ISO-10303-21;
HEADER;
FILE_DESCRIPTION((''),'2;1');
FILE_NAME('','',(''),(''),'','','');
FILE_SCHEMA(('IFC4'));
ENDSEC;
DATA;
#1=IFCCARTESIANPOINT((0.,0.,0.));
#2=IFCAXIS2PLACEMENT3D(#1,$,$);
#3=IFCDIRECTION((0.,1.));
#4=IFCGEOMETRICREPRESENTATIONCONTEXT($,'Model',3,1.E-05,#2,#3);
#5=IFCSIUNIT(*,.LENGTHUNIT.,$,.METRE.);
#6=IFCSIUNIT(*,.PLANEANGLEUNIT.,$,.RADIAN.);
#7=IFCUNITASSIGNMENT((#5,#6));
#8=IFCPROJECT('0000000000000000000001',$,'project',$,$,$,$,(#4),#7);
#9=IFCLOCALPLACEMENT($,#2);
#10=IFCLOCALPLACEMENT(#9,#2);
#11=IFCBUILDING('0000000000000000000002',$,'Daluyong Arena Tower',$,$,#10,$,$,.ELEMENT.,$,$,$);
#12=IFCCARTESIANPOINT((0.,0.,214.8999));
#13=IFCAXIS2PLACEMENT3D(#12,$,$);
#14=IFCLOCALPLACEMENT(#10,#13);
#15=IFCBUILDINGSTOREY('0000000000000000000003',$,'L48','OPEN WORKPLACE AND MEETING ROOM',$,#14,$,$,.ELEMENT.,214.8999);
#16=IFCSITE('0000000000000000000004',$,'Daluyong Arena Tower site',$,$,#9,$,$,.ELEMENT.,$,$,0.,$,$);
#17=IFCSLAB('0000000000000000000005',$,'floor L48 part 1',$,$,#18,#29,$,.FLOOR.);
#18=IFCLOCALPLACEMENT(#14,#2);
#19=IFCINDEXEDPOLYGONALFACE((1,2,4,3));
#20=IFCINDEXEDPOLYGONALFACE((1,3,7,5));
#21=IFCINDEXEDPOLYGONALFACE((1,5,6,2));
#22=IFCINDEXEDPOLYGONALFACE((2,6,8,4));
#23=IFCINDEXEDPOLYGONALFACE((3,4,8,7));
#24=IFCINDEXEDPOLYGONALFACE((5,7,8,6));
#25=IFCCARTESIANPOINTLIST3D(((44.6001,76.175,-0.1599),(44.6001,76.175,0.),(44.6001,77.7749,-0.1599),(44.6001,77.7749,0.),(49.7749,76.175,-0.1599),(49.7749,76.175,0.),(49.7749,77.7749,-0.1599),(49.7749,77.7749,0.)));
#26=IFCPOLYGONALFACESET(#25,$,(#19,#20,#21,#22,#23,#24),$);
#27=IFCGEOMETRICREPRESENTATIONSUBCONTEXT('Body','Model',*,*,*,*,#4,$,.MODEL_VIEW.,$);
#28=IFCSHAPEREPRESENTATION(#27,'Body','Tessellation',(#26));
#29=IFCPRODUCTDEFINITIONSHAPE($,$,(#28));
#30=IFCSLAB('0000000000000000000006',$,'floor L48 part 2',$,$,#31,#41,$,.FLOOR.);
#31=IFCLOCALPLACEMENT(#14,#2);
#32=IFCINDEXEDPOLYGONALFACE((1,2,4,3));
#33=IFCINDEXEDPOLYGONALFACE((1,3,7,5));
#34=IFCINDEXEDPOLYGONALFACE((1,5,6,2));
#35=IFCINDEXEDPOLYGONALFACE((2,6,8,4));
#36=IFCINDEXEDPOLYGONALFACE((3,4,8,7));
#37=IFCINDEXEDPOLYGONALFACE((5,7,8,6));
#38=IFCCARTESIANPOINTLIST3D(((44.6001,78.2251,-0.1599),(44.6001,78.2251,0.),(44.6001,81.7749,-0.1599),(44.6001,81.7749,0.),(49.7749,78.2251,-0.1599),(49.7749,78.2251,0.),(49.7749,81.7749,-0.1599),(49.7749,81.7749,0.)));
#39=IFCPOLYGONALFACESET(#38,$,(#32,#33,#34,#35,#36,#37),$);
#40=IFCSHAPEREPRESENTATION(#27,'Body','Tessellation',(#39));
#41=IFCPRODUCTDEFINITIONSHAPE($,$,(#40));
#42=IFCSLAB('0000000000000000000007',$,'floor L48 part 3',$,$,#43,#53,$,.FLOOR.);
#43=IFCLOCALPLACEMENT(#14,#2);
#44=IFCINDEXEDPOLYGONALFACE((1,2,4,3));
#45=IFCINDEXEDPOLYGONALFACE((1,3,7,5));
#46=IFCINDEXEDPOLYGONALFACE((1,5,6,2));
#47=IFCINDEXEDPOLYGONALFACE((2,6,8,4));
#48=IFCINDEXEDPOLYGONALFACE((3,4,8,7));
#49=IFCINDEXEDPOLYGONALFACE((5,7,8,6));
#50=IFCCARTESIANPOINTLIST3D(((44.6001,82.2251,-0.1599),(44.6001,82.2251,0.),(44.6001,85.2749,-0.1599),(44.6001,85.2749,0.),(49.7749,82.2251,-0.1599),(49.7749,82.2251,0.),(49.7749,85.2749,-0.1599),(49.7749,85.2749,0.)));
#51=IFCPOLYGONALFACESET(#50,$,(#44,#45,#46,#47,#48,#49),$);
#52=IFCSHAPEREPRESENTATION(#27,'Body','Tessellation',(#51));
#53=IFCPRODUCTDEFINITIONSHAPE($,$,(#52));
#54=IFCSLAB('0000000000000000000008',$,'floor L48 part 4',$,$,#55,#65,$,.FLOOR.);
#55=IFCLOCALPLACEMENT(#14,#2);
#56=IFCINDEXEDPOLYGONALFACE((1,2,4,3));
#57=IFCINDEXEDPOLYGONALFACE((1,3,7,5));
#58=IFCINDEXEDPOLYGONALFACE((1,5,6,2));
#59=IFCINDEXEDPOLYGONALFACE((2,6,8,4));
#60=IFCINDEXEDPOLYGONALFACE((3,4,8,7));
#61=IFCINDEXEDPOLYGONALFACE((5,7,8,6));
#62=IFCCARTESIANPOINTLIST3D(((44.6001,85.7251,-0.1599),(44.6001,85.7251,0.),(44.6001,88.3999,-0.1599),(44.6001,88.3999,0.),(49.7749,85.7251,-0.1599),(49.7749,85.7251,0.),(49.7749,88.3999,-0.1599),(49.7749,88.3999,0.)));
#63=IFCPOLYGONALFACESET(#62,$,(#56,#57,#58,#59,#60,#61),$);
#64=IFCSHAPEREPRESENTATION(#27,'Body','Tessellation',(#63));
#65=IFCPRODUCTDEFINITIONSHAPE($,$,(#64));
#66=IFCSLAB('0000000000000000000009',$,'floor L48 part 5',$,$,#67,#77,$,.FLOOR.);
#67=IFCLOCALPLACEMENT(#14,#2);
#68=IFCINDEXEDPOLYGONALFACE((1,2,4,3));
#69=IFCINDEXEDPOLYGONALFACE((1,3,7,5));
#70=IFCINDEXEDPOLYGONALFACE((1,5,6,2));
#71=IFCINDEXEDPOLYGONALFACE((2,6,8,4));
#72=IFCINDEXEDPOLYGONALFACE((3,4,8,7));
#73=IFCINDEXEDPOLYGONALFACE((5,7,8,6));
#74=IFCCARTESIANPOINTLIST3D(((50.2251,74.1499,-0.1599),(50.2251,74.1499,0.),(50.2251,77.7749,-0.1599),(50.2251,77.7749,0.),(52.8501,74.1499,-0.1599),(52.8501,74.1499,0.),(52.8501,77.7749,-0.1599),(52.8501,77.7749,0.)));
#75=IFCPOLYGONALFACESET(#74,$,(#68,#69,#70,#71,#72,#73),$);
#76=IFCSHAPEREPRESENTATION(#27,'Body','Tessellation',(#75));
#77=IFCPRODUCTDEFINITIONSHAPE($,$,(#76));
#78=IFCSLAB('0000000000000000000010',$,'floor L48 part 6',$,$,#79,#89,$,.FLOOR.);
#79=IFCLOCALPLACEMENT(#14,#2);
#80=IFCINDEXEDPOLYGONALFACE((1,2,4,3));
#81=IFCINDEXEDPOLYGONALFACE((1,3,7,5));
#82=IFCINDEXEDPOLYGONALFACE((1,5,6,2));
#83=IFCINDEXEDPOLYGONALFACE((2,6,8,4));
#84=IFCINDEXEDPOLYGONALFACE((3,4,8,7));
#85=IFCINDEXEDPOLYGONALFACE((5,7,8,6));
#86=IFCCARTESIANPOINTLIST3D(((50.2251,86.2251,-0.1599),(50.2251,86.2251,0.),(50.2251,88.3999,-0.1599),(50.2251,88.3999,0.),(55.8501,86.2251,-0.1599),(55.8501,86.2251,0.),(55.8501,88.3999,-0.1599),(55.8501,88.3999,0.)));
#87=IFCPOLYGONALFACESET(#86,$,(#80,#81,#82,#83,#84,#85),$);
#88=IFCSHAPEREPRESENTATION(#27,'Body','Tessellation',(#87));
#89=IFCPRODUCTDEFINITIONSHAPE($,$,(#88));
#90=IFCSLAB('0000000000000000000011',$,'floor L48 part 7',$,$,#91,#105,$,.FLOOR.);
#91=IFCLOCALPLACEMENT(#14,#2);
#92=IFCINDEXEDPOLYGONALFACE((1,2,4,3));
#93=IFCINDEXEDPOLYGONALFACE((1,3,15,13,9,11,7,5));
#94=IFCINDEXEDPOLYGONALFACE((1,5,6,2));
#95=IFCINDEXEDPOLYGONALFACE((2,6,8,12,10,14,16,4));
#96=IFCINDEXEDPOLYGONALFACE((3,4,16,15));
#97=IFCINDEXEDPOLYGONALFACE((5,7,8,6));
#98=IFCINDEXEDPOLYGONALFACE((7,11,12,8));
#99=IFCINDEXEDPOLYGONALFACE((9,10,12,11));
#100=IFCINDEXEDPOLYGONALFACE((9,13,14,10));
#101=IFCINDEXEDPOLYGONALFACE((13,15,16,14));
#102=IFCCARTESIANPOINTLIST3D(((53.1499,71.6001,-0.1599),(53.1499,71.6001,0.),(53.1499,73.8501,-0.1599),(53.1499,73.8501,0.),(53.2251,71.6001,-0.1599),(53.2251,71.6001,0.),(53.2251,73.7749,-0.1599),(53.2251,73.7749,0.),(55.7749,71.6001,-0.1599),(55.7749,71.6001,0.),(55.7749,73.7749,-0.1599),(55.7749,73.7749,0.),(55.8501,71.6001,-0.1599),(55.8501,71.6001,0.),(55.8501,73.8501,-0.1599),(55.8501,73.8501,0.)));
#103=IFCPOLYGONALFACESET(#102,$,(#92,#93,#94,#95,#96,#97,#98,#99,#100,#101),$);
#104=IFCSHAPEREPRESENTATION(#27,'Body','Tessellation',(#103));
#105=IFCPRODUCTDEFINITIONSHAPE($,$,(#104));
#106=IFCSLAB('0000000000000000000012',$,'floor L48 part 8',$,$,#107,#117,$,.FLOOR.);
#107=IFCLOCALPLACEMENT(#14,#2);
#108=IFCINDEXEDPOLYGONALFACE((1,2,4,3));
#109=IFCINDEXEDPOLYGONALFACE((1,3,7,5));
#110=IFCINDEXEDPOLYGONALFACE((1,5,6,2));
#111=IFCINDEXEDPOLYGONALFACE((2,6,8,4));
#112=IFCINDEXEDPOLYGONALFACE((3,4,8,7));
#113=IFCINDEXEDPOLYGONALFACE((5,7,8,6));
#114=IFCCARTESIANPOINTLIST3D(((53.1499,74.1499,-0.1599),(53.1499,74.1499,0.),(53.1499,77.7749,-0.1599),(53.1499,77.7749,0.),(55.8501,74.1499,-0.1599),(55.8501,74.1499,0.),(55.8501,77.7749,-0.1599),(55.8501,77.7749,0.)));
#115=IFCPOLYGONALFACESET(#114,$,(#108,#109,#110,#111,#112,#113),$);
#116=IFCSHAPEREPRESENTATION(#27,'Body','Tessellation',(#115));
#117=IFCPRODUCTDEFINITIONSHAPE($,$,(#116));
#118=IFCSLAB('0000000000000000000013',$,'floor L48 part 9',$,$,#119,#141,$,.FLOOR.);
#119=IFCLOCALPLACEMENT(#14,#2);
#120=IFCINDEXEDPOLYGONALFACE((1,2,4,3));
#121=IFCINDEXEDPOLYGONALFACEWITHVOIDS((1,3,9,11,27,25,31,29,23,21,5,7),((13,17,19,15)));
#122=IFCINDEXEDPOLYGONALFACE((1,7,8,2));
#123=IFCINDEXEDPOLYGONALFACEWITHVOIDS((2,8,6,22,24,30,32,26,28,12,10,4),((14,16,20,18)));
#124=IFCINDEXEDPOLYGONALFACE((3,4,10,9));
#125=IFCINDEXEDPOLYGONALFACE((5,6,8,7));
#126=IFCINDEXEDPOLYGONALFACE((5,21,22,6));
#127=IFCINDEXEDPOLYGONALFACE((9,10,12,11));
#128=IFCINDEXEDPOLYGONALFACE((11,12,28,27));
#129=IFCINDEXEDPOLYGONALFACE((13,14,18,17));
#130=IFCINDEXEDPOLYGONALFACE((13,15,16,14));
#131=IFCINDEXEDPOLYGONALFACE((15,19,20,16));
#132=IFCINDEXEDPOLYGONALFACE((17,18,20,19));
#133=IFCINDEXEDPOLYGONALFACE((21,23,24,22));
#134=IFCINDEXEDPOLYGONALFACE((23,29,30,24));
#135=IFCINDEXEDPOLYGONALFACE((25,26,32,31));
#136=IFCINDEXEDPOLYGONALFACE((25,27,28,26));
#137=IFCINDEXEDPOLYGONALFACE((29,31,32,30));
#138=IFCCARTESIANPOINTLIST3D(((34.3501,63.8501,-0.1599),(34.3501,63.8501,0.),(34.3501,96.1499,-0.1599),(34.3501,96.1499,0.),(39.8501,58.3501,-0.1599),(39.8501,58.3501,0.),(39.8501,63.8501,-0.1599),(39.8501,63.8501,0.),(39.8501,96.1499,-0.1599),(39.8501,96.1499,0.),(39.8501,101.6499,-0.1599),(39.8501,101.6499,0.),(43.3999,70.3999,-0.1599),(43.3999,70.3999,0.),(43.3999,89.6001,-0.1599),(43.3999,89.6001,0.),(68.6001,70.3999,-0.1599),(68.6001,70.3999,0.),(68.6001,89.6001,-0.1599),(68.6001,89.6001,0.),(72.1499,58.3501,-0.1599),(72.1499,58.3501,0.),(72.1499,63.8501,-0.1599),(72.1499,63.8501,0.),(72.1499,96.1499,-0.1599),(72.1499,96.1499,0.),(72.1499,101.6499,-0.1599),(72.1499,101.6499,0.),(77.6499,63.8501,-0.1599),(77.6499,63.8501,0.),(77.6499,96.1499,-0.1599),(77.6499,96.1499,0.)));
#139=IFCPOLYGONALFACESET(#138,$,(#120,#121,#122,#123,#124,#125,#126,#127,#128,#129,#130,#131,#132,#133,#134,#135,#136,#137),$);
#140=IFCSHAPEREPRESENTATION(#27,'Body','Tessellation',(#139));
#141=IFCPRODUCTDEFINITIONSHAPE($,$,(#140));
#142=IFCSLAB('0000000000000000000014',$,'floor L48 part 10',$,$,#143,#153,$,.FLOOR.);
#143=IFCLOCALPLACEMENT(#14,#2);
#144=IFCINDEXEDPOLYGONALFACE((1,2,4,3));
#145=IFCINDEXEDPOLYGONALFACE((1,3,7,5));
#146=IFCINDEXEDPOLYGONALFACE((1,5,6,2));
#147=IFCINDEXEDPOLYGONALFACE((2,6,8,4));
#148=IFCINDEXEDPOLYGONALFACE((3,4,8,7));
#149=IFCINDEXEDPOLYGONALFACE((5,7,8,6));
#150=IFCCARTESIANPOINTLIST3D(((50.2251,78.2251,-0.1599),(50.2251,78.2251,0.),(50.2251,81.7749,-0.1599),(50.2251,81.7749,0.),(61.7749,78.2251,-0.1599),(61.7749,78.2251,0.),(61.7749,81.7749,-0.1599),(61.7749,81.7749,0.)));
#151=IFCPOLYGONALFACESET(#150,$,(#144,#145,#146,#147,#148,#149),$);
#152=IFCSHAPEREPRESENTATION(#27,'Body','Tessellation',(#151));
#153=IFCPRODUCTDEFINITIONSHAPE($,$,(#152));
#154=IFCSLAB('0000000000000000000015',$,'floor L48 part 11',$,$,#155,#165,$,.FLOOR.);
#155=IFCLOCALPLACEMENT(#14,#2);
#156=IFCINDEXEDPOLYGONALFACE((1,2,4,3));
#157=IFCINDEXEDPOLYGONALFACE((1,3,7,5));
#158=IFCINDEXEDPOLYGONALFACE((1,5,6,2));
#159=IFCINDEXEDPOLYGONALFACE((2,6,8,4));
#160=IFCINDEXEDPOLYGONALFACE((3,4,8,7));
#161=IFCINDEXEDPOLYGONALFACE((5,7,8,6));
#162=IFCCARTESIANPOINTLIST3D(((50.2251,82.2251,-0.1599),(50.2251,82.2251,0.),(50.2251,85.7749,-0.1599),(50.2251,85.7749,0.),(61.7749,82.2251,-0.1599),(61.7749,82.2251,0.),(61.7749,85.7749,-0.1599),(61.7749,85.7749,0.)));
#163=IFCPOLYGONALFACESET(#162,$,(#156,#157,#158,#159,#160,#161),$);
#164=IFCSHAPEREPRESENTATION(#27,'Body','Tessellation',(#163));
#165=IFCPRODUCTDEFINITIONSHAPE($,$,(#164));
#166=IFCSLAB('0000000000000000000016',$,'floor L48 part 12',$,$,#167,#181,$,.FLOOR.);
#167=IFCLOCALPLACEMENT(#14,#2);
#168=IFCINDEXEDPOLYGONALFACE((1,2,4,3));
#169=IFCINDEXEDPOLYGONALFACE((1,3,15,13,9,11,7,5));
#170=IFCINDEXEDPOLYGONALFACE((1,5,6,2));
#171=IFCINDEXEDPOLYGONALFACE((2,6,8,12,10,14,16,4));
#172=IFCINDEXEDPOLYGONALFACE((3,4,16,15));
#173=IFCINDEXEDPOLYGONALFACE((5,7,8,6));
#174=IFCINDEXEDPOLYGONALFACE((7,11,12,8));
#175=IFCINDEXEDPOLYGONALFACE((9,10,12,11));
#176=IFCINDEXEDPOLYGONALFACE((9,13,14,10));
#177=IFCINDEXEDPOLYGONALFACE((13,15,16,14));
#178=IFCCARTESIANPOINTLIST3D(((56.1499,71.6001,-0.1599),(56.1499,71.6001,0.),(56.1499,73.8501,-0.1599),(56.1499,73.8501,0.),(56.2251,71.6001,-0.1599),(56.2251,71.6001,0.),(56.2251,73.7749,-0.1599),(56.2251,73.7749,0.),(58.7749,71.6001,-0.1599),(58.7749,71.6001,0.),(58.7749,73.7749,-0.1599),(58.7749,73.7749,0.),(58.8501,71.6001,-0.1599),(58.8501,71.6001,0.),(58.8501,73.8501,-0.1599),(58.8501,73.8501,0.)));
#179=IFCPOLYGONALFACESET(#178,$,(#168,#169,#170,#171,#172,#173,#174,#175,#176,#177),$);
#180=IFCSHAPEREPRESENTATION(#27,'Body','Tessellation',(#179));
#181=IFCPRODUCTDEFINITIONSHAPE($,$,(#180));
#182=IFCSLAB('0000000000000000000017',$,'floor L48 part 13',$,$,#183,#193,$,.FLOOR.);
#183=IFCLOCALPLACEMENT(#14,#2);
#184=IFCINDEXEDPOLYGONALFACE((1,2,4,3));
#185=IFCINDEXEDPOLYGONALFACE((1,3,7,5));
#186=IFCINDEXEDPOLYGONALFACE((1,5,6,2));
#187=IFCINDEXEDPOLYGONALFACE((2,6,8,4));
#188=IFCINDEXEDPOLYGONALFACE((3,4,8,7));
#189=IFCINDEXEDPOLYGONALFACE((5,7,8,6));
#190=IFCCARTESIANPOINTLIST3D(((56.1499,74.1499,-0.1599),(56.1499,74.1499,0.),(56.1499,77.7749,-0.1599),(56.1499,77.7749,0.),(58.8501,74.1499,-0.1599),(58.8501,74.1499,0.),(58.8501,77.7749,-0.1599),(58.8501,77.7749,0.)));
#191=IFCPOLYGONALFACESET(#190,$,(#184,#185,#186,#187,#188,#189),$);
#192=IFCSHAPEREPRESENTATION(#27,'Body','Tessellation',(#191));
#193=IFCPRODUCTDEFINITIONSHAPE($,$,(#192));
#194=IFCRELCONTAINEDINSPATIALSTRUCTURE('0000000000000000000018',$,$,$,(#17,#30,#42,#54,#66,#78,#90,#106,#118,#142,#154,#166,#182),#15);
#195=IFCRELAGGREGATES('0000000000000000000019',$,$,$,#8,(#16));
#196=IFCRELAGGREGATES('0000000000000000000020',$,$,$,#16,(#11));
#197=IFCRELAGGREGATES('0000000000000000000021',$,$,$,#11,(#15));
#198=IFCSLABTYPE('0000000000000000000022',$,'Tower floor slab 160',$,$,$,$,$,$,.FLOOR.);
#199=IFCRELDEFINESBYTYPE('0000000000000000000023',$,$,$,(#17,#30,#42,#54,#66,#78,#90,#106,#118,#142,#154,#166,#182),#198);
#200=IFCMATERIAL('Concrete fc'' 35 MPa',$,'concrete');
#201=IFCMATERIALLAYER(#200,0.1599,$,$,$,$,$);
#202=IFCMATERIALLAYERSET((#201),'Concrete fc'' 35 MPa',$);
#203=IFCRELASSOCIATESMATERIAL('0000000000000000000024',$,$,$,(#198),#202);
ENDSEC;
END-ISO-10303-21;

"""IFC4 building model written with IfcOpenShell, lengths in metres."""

from ifc_helpers import new_model, si_unit, direction, frame, origin, place, context, subcontext, project, spatial, polyline, outline, extrude, material, layer, layer_set, type_object, element, save


model = new_model("IFC4")

# Units and contexts
model_context = context("Model", 3, precision=1e-05, world=origin(), true_north=direction((0.0, 1.0)))
body_context = subcontext(model_context, "Body", "Model", "MODEL_VIEW")
ifc_project = project(units=[si_unit("LENGTHUNIT", "METRE"), si_unit("PLANEANGLEUNIT", "RADIAN")], contexts=[model_context])

# Site, building, storey
site_placement = place(None, origin())
site = spatial("IfcSite", under=ifc_project, at=site_placement, Name="Daluyong Arena Tower site", CompositionType="ELEMENT", RefElevation=0.0)
building_placement = place(site_placement, origin())
building = spatial("IfcBuilding", under=site, at=building_placement, Name="Daluyong Arena Tower", CompositionType="ELEMENT")
storey_placement = place(building_placement, frame((0.0, 0.0, 214.8999)))
storey = spatial("IfcBuildingStorey", under=building, at=storey_placement, Name="L48", Description="OPEN WORKPLACE AND MEETING ROOM", CompositionType="ELEMENT", Elevation=214.8999)

# Slabs
ifc_material_1 = material(Name="Concrete fc' 35 MPa", Category="concrete")
ifc_layer_1 = layer(ifc_material_1, 0.1599)
ifc_layer_set_1 = layer_set([ifc_layer_1], Name="Concrete fc' 35 MPa")
slab_type = type_object("IfcSlabType", Name="Tower floor slab 160", PredefinedType="FLOOR", material=ifc_layer_set_1)
slab_1_placement = place(storey_placement, frame((0.0, 0.0, -0.1599)))
element("IfcSlab", 1, at=slab_1_placement, inside=storey, type_object=slab_type, Name="floor L48 part 1", PredefinedType="FLOOR", context=body_context, shape_type="SweptSolid", body=[
    extrude(outline(polyline([(49.7749, 77.7749), (44.6001, 77.7749), (44.6001, 76.175), (49.7749, 76.175), (49.7749, 77.7749)])), origin(), (0.0, 0.0, 1.0), 0.1599),
])
slab_2_placement = place(storey_placement, frame((0.0, 0.0, -0.1599)))
element("IfcSlab", 2, at=slab_2_placement, inside=storey, type_object=slab_type, Name="floor L48 part 2", PredefinedType="FLOOR", context=body_context, shape_type="SweptSolid", body=[
    extrude(outline(polyline([(49.7749, 78.2251), (49.7749, 81.7749), (44.6001, 81.7749), (44.6001, 78.2251), (49.7749, 78.2251)])), origin(), (0.0, 0.0, 1.0), 0.1599),
])
slab_3_placement = place(storey_placement, frame((0.0, 0.0, -0.1599)))
element("IfcSlab", 3, at=slab_3_placement, inside=storey, type_object=slab_type, Name="floor L48 part 3", PredefinedType="FLOOR", context=body_context, shape_type="SweptSolid", body=[
    extrude(outline(polyline([(44.6001, 85.2749), (44.6001, 82.2251), (49.7749, 82.2251), (49.7749, 85.2749), (44.6001, 85.2749)])), origin(), (0.0, 0.0, 1.0), 0.1599),
])
slab_4_placement = place(storey_placement, frame((0.0, 0.0, -0.1599)))
element("IfcSlab", 4, at=slab_4_placement, inside=storey, type_object=slab_type, Name="floor L48 part 4", PredefinedType="FLOOR", context=body_context, shape_type="SweptSolid", body=[
    extrude(outline(polyline([(44.6001, 88.3999), (44.6001, 85.7251), (49.7749, 85.7251), (49.7749, 88.3999), (44.6001, 88.3999)])), origin(), (0.0, 0.0, 1.0), 0.1599),
])
slab_5_placement = place(storey_placement, frame((0.0, 0.0, -0.1599)))
element("IfcSlab", 5, at=slab_5_placement, inside=storey, type_object=slab_type, Name="floor L48 part 5", PredefinedType="FLOOR", context=body_context, shape_type="SweptSolid", body=[
    extrude(outline(polyline([(52.8501, 74.1499), (52.8501, 77.7749), (50.2251, 77.7749), (50.2251, 74.1499), (52.8501, 74.1499)])), origin(), (0.0, 0.0, 1.0), 0.1599),
])
slab_6_placement = place(storey_placement, frame((0.0, 0.0, -0.1599)))
element("IfcSlab", 6, at=slab_6_placement, inside=storey, type_object=slab_type, Name="floor L48 part 6", PredefinedType="FLOOR", context=body_context, shape_type="SweptSolid", body=[
    extrude(outline(polyline([(50.2251, 88.3999), (50.2251, 86.2251), (55.8501, 86.2251), (55.8501, 88.3999), (50.2251, 88.3999)])), origin(), (0.0, 0.0, 1.0), 0.1599),
])
slab_7_placement = place(storey_placement, frame((0.0, 0.0, -0.1599)))
element("IfcSlab", 7, at=slab_7_placement, inside=storey, type_object=slab_type, Name="floor L48 part 7", PredefinedType="FLOOR", context=body_context, shape_type="SweptSolid", body=[
    extrude(outline(polyline([(53.2251, 71.6001), (53.2251, 73.7749), (55.7749, 73.7749), (55.7749, 71.6001), (55.8501, 71.6001), (55.8501, 73.8501), (53.1499, 73.8501), (53.1499, 71.6001), (53.2251, 71.6001)])), origin(), (0.0, 0.0, 1.0), 0.1599),
])
slab_8_placement = place(storey_placement, frame((0.0, 0.0, -0.1599)))
element("IfcSlab", 8, at=slab_8_placement, inside=storey, type_object=slab_type, Name="floor L48 part 8", PredefinedType="FLOOR", context=body_context, shape_type="SweptSolid", body=[
    extrude(outline(polyline([(53.1499, 74.1499), (55.8501, 74.1499), (55.8501, 77.7749), (53.1499, 77.7749), (53.1499, 74.1499)])), origin(), (0.0, 0.0, 1.0), 0.1599),
])
slab_9_placement = place(storey_placement, frame((0.0, 0.0, -0.1599)))
element("IfcSlab", 9, at=slab_9_placement, inside=storey, type_object=slab_type, Name="floor L48 part 9", PredefinedType="FLOOR", context=body_context, shape_type="SweptSolid", body=[
    extrude(outline(polyline([(39.8501, 63.8501), (39.8501, 58.3501), (72.1499, 58.3501), (72.1499, 63.8501), (77.6499, 63.8501), (77.6499, 96.1499), (72.1499, 96.1499), (72.1499, 101.6499), (39.8501, 101.6499), (39.8501, 96.1499), (34.3501, 96.1499), (34.3501, 63.8501), (39.8501, 63.8501)]), holes=[polyline([(68.6001, 89.6001), (68.6001, 70.3999), (43.3999, 70.3999), (43.3999, 89.6001), (68.6001, 89.6001)])]), origin(), (0.0, 0.0, 1.0), 0.1599),
])
slab_10_placement = place(storey_placement, frame((0.0, 0.0, -0.1599)))
element("IfcSlab", 10, at=slab_10_placement, inside=storey, type_object=slab_type, Name="floor L48 part 10", PredefinedType="FLOOR", context=body_context, shape_type="SweptSolid", body=[
    extrude(outline(polyline([(50.2251, 81.7749), (50.2251, 78.2251), (61.7749, 78.2251), (61.7749, 81.7749), (50.2251, 81.7749)])), origin(), (0.0, 0.0, 1.0), 0.1599),
])
slab_11_placement = place(storey_placement, frame((0.0, 0.0, -0.1599)))
element("IfcSlab", 11, at=slab_11_placement, inside=storey, type_object=slab_type, Name="floor L48 part 11", PredefinedType="FLOOR", context=body_context, shape_type="SweptSolid", body=[
    extrude(outline(polyline([(50.2251, 85.7749), (50.2251, 82.2251), (61.7749, 82.2251), (61.7749, 85.7749), (50.2251, 85.7749)])), origin(), (0.0, 0.0, 1.0), 0.1599),
])
slab_12_placement = place(storey_placement, frame((0.0, 0.0, -0.1599)))
element("IfcSlab", 12, at=slab_12_placement, inside=storey, type_object=slab_type, Name="floor L48 part 12", PredefinedType="FLOOR", context=body_context, shape_type="SweptSolid", body=[
    extrude(outline(polyline([(56.2251, 71.6001), (56.2251, 73.7749), (58.7749, 73.7749), (58.7749, 71.6001), (58.8501, 71.6001), (58.8501, 73.8501), (56.1499, 73.8501), (56.1499, 71.6001), (56.2251, 71.6001)])), origin(), (0.0, 0.0, 1.0), 0.1599),
])
slab_13_placement = place(storey_placement, frame((0.0, 0.0, -0.1599)))
element("IfcSlab", 13, at=slab_13_placement, inside=storey, type_object=slab_type, Name="floor L48 part 13", PredefinedType="FLOOR", context=body_context, shape_type="SweptSolid", body=[
    extrude(outline(polyline([(58.8501, 77.7749), (56.1499, 77.7749), (56.1499, 74.1499), (58.8501, 74.1499), (58.8501, 77.7749)])), origin(), (0.0, 0.0, 1.0), 0.1599),
])

save(model, "model.ifc")
